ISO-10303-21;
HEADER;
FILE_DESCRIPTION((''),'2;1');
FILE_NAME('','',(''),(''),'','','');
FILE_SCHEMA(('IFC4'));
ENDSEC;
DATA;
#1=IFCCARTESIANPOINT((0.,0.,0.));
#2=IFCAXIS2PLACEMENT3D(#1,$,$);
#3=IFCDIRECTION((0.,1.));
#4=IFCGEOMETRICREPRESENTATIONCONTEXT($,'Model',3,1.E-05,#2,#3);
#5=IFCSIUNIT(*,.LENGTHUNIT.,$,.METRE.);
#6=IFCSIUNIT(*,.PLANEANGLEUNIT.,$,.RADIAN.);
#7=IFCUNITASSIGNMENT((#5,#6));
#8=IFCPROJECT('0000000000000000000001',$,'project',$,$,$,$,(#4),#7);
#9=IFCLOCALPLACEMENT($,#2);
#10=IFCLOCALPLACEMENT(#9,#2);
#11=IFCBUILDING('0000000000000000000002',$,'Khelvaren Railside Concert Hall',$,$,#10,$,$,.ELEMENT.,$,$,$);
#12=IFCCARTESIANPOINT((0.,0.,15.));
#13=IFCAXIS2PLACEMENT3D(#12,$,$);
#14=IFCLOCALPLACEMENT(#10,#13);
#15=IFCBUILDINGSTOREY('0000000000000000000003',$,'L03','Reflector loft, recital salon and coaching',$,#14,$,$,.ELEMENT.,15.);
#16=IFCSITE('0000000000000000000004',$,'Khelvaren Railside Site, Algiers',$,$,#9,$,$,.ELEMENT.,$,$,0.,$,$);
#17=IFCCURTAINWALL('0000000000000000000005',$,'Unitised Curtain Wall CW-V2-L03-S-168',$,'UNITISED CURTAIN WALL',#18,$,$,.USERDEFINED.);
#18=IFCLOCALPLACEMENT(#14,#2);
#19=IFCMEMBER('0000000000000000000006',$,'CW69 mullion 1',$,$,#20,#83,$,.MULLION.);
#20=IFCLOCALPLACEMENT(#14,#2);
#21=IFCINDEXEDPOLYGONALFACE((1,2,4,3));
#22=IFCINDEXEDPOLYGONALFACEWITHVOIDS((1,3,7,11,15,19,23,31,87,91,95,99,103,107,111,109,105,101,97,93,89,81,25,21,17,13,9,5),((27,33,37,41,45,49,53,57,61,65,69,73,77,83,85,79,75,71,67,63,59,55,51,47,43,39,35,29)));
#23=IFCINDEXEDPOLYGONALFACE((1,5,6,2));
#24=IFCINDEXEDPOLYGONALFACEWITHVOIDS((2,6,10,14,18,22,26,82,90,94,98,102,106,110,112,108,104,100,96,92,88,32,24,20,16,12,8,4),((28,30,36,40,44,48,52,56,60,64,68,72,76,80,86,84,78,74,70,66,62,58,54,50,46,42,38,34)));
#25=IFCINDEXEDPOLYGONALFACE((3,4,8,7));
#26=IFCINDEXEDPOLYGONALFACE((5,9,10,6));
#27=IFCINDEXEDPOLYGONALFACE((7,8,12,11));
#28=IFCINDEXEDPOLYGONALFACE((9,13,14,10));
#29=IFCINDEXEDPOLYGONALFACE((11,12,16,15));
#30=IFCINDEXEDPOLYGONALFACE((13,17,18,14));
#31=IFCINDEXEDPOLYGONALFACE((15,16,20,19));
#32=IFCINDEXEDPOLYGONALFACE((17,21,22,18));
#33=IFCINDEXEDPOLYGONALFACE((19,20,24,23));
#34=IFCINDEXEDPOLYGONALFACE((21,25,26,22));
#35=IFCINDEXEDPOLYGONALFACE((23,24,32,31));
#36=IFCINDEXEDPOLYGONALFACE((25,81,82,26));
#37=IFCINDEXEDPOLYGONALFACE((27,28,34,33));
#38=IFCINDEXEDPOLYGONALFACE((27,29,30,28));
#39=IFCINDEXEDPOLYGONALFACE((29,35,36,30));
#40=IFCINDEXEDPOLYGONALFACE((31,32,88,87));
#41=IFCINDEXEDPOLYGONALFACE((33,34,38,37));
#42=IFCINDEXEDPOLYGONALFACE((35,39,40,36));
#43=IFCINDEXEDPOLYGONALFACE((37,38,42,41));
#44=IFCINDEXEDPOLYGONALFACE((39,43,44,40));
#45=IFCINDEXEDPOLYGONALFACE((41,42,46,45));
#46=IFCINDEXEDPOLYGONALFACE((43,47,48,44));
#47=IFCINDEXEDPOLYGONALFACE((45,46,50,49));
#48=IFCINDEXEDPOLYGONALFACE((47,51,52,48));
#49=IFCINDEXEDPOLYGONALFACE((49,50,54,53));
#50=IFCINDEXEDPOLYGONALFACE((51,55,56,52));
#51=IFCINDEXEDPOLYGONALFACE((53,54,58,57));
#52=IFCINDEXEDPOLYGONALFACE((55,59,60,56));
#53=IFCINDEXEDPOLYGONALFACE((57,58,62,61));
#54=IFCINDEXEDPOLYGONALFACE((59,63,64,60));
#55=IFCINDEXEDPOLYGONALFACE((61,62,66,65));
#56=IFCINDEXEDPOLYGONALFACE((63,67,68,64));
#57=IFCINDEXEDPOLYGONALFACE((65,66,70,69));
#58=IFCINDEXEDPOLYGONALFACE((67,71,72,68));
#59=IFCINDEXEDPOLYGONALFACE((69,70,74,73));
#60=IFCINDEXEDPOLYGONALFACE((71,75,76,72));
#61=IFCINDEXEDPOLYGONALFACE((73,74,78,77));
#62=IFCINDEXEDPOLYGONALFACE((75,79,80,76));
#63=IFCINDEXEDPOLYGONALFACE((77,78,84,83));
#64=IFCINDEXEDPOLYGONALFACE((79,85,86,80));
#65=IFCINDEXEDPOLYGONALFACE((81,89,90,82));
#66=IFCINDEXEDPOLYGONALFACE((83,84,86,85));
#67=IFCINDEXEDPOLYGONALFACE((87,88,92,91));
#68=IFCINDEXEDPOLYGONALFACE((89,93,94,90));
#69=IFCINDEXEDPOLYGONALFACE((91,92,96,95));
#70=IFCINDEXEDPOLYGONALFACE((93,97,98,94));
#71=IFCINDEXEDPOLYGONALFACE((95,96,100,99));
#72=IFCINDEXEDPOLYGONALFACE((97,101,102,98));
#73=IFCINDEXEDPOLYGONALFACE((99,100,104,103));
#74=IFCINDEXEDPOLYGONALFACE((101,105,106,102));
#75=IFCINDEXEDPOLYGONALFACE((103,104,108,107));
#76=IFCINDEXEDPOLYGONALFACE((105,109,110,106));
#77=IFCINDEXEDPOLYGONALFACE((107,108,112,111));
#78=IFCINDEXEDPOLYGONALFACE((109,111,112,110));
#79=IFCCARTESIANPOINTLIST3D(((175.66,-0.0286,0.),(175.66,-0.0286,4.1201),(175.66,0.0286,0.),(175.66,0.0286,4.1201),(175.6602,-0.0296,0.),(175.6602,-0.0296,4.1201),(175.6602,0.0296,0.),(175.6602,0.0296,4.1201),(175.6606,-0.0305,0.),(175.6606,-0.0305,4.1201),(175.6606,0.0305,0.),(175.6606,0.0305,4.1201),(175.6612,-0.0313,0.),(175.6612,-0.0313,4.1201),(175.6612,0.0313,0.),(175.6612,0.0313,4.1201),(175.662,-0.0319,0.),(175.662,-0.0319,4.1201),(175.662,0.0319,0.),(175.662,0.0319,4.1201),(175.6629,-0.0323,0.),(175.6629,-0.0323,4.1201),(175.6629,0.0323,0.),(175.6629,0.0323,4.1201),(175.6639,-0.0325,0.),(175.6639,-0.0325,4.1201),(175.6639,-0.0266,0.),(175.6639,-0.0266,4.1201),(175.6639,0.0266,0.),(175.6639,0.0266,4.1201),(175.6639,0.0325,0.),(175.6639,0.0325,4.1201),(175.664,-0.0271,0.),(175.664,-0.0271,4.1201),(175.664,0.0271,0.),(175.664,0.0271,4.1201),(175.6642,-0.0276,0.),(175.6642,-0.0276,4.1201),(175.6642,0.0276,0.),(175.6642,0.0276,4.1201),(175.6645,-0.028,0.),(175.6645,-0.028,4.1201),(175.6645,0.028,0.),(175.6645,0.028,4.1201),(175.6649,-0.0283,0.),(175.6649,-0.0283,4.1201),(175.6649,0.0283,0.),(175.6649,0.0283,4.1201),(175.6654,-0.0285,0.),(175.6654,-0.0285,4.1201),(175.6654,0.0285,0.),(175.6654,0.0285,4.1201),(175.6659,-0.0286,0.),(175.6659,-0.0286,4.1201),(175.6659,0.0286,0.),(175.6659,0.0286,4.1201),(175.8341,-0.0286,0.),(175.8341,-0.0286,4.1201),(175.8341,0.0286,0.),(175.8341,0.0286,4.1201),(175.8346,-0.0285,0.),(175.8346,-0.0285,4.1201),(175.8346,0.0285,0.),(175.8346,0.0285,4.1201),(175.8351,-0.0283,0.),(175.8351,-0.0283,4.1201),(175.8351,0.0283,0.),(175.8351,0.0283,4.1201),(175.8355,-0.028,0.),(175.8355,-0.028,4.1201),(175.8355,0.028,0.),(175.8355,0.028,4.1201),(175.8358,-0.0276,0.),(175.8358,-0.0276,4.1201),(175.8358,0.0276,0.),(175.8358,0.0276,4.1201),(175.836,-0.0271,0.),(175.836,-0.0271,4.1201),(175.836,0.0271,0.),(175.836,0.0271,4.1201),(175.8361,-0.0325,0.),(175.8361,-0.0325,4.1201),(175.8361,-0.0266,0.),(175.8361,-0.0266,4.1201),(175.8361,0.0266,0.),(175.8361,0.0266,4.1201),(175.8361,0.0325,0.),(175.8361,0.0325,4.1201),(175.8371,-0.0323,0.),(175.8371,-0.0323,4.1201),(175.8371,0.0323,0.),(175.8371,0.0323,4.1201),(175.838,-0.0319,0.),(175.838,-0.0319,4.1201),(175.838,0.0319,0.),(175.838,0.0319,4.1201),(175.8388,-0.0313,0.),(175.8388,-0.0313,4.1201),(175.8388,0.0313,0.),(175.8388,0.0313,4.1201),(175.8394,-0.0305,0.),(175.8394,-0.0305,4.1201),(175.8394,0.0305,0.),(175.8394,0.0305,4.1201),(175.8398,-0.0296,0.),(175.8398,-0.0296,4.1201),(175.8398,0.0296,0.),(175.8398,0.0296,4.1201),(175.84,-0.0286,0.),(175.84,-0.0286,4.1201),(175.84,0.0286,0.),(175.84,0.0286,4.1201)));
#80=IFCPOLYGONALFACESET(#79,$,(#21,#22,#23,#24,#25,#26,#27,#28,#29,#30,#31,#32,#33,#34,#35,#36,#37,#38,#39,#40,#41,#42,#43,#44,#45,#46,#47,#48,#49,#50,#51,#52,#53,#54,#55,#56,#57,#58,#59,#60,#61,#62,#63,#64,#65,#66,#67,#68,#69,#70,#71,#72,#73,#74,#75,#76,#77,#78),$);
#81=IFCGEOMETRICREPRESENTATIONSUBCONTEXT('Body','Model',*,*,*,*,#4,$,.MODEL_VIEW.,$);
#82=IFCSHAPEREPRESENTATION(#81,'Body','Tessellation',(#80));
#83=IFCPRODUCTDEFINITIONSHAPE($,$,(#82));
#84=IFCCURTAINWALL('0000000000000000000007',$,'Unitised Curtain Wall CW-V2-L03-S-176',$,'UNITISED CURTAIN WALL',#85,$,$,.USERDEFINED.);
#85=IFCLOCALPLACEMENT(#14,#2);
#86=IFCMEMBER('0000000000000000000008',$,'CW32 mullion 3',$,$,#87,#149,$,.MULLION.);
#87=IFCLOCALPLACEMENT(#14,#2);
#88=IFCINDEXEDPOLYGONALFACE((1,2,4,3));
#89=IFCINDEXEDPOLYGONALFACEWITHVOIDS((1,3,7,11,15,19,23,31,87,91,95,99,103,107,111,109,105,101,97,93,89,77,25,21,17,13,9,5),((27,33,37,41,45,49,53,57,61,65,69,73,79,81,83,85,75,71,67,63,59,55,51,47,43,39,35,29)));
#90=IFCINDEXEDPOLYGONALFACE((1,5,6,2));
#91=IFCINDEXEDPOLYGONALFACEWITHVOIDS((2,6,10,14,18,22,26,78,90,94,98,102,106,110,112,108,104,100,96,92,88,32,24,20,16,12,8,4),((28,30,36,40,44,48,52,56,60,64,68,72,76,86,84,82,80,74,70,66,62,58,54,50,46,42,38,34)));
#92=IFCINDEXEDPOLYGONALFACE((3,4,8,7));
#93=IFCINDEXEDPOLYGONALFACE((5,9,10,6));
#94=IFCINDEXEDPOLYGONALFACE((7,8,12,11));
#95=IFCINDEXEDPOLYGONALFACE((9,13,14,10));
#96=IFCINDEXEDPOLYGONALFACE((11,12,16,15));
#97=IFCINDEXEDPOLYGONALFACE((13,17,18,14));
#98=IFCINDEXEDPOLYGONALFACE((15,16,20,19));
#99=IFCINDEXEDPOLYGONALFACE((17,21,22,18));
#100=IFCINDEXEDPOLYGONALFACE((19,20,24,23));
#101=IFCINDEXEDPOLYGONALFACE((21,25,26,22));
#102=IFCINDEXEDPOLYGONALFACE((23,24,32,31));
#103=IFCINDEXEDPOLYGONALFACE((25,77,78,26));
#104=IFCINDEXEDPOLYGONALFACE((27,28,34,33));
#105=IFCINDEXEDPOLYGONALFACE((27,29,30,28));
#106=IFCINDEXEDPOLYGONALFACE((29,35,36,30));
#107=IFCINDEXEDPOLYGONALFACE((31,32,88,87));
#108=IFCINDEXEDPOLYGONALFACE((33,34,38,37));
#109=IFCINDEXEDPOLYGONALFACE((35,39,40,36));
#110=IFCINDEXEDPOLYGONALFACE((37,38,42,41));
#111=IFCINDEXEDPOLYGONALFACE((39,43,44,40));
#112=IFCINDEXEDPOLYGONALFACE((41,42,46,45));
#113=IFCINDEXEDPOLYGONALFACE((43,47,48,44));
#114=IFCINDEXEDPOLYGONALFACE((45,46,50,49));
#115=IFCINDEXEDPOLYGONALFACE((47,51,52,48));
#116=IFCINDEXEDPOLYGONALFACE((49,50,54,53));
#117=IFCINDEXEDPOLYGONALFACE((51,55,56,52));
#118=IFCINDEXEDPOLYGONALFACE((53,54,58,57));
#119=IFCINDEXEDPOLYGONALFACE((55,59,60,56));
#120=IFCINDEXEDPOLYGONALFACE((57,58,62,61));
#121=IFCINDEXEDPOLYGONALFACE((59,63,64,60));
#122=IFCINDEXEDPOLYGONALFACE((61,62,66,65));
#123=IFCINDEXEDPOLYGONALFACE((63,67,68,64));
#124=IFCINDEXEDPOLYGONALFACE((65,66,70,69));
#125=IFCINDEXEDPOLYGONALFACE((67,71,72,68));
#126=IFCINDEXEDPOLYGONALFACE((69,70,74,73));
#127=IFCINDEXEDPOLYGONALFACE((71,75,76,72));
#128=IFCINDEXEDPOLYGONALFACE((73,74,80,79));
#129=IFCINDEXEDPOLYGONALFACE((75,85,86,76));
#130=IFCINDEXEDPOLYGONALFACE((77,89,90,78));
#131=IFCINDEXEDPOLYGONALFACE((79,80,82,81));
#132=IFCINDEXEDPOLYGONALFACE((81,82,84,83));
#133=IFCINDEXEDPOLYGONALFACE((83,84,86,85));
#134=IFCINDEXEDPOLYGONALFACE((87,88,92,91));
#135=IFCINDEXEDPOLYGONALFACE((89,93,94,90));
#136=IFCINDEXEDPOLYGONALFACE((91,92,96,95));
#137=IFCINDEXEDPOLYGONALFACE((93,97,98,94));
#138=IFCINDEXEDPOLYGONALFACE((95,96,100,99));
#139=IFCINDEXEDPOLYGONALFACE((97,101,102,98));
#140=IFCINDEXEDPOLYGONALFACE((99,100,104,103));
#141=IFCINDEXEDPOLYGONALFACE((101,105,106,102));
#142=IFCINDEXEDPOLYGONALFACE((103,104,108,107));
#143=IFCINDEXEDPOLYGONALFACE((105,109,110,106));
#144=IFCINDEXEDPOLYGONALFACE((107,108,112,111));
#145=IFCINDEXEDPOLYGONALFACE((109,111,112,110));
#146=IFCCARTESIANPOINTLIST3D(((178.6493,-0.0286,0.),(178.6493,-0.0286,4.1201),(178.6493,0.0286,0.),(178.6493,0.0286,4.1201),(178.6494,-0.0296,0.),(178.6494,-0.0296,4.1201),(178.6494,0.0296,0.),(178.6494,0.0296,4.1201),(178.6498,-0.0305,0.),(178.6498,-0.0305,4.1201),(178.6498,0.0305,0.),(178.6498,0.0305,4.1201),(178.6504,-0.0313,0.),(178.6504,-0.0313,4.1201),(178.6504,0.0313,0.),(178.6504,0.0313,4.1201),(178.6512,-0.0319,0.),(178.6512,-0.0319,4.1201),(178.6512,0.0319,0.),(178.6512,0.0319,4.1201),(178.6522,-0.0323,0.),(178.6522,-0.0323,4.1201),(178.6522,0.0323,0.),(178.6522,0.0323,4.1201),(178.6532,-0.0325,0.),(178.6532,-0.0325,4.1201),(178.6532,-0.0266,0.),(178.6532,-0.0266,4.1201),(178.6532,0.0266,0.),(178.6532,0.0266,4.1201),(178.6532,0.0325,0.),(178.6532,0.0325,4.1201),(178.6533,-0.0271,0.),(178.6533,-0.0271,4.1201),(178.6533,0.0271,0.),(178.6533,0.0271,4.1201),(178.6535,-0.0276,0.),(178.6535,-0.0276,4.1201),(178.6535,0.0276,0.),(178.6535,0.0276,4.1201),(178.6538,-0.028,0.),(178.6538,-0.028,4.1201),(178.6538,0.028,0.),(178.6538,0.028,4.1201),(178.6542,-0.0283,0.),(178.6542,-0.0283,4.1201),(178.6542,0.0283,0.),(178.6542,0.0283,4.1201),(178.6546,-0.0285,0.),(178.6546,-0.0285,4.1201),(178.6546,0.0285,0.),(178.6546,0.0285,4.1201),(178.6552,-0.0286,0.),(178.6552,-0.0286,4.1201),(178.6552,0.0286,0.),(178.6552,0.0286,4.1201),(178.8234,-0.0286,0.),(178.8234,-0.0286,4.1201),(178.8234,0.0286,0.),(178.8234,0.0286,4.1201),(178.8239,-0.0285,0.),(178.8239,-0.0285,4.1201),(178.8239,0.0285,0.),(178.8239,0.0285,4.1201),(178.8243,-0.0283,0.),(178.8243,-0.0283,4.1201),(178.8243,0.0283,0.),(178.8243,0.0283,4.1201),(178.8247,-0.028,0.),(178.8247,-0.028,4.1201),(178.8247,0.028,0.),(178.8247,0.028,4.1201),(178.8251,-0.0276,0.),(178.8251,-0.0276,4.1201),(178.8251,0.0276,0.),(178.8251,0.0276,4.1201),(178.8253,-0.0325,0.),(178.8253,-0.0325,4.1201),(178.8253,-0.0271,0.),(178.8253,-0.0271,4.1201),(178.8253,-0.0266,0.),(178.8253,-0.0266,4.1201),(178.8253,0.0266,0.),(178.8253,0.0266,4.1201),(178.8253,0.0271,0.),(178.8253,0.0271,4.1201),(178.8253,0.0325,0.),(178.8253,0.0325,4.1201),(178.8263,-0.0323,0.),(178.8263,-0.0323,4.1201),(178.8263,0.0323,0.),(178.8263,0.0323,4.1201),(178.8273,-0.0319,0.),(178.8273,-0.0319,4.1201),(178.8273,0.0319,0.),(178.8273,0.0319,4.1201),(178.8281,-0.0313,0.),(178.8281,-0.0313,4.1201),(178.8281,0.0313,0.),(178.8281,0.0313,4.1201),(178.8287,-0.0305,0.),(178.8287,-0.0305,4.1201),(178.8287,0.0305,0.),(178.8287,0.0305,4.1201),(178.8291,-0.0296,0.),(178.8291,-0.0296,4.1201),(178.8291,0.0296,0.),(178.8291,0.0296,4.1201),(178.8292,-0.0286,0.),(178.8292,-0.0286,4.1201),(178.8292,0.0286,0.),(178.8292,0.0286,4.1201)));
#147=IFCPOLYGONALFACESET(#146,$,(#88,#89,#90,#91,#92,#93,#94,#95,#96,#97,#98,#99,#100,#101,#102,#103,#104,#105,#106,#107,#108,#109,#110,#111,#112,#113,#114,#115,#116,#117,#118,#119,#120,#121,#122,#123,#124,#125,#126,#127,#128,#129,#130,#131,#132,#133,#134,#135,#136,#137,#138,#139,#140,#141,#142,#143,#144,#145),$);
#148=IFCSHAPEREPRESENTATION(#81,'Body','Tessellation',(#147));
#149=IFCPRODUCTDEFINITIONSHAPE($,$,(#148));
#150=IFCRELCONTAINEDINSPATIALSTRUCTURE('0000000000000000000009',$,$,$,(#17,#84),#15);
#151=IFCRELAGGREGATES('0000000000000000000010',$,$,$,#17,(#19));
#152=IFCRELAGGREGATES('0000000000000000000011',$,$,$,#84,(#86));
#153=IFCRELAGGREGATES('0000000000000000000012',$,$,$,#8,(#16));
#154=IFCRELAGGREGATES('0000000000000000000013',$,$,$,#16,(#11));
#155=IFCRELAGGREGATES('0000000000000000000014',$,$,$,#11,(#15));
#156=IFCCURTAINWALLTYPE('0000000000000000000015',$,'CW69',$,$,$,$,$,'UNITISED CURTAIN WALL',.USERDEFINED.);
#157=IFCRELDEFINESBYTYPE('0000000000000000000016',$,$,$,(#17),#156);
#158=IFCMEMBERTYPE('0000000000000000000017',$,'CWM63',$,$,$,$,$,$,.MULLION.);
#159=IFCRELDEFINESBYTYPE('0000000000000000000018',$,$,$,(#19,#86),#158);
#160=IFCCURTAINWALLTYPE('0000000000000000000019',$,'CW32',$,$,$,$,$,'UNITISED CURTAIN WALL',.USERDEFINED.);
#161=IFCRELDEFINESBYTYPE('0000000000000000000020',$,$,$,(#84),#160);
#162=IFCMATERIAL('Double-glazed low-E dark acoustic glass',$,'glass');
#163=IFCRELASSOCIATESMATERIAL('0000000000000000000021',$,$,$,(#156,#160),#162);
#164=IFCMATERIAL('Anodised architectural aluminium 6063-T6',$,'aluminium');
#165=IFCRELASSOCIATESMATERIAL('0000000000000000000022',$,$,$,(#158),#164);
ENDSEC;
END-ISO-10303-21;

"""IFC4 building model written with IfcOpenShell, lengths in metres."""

from ifc_helpers import new_model, si_unit, direction, frame, origin, origin_2d, place, context, subcontext, project, spatial, hollow_rectangle, extrude, material, material_profile, profile_set, type_object, element, aggregate, save


model = new_model("IFC4")

# Units and contexts
model_context = context("Model", 3, precision=1e-05, world=origin(), true_north=direction((0.0, 1.0)))
body_context = subcontext(model_context, "Body", "Model", "MODEL_VIEW")
ifc_project = project(units=[si_unit("LENGTHUNIT", "METRE"), si_unit("PLANEANGLEUNIT", "RADIAN")], contexts=[model_context])

# Site, building, storey
site_placement = place(None, origin())
site = spatial("IfcSite", under=ifc_project, at=site_placement, Name="Khelvaren Railside Site, Algiers", CompositionType="ELEMENT", RefElevation=0.0)
building_placement = place(site_placement, origin())
building = spatial("IfcBuilding", under=site, at=building_placement, Name="Khelvaren Railside Concert Hall", CompositionType="ELEMENT")
storey_placement = place(building_placement, frame((0.0, 0.0, 15.0)))
storey = spatial("IfcBuildingStorey", under=building, at=storey_placement, Name="L03", Description="Reflector loft, recital salon and coaching", CompositionType="ELEMENT", Elevation=15.0)

# Curtain wall, member
ifc_material_1 = material(Name="Double-glazed low-E dark acoustic glass", Category="glass")
curtain_wall_type_1 = type_object("IfcCurtainWallType", Name="CW69", ElementType="UNITISED CURTAIN WALL", PredefinedType="USERDEFINED", material=ifc_material_1)
curtain_wall_1_placement = place(storey_placement, origin())
curtain_wall_1 = element("IfcCurtainWall", 1, at=curtain_wall_1_placement, inside=storey, type_object=curtain_wall_type_1, Name="Unitised Curtain Wall CW-V2-L03-S-168", ObjectType="UNITISED CURTAIN WALL", PredefinedType="USERDEFINED")
ifc_material_2 = material(Name="Anodised architectural aluminium 6063-T6", Category="aluminium")
ifc_material_profile_1 = material_profile(ifc_material_2, hollow_rectangle(XDim=0.0649, YDim=0.1799, WallThickness=0.0039, InnerFilletRadius=0.002, OuterFilletRadius=0.0039, at=origin_2d()), Name="CWM 65x180x4")
ifc_profile_set_1 = profile_set([ifc_material_profile_1], Name="Anodised architectural aluminium 6063-T6")
member_type_1 = type_object("IfcMemberType", Name="CWM63", PredefinedType="MULLION", material=ifc_profile_set_1)
member_1_placement = place(storey_placement, frame((175.75, 0.0, 0.0), z_axis=(0.0, 0.0, 1.0), x_axis=(0.0, -1.0, 0.0)))
member_1 = element("IfcMember", 2, at=member_1_placement, type_object=member_type_1, Name="CW69 mullion 1", PredefinedType="MULLION", context=body_context, shape_type="SweptSolid", body=[
    extrude(hollow_rectangle(XDim=0.0649, YDim=0.1799, WallThickness=0.0039, InnerFilletRadius=0.002, OuterFilletRadius=0.0039, at=origin_2d()), origin(), (0.0, 0.0, 1.0), 4.1201),
])

# Curtain wall, member
curtain_wall_type_2 = type_object("IfcCurtainWallType", Name="CW32", ElementType="UNITISED CURTAIN WALL", PredefinedType="USERDEFINED", material=ifc_material_1)
curtain_wall_2_placement = place(storey_placement, origin())
curtain_wall_2 = element("IfcCurtainWall", 3, at=curtain_wall_2_placement, inside=storey, type_object=curtain_wall_type_2, Name="Unitised Curtain Wall CW-V2-L03-S-176", ObjectType="UNITISED CURTAIN WALL", PredefinedType="USERDEFINED")
member_2_placement = place(storey_placement, frame((178.7393, 0.0, 0.0), z_axis=(0.0, 0.0, 1.0), x_axis=(0.0, -1.0, 0.0)))
member_2 = element("IfcMember", 4, at=member_2_placement, type_object=member_type_1, Name="CW32 mullion 3", PredefinedType="MULLION", context=body_context, shape_type="SweptSolid", body=[
    extrude(hollow_rectangle(XDim=0.0649, YDim=0.1799, WallThickness=0.0039, InnerFilletRadius=0.002, OuterFilletRadius=0.0039, at=origin_2d()), origin(), (0.0, 0.0, 1.0), 4.1201),
])

aggregate(curtain_wall_1, [member_1])
aggregate(curtain_wall_2, [member_2])

save(model, "model.ifc")
